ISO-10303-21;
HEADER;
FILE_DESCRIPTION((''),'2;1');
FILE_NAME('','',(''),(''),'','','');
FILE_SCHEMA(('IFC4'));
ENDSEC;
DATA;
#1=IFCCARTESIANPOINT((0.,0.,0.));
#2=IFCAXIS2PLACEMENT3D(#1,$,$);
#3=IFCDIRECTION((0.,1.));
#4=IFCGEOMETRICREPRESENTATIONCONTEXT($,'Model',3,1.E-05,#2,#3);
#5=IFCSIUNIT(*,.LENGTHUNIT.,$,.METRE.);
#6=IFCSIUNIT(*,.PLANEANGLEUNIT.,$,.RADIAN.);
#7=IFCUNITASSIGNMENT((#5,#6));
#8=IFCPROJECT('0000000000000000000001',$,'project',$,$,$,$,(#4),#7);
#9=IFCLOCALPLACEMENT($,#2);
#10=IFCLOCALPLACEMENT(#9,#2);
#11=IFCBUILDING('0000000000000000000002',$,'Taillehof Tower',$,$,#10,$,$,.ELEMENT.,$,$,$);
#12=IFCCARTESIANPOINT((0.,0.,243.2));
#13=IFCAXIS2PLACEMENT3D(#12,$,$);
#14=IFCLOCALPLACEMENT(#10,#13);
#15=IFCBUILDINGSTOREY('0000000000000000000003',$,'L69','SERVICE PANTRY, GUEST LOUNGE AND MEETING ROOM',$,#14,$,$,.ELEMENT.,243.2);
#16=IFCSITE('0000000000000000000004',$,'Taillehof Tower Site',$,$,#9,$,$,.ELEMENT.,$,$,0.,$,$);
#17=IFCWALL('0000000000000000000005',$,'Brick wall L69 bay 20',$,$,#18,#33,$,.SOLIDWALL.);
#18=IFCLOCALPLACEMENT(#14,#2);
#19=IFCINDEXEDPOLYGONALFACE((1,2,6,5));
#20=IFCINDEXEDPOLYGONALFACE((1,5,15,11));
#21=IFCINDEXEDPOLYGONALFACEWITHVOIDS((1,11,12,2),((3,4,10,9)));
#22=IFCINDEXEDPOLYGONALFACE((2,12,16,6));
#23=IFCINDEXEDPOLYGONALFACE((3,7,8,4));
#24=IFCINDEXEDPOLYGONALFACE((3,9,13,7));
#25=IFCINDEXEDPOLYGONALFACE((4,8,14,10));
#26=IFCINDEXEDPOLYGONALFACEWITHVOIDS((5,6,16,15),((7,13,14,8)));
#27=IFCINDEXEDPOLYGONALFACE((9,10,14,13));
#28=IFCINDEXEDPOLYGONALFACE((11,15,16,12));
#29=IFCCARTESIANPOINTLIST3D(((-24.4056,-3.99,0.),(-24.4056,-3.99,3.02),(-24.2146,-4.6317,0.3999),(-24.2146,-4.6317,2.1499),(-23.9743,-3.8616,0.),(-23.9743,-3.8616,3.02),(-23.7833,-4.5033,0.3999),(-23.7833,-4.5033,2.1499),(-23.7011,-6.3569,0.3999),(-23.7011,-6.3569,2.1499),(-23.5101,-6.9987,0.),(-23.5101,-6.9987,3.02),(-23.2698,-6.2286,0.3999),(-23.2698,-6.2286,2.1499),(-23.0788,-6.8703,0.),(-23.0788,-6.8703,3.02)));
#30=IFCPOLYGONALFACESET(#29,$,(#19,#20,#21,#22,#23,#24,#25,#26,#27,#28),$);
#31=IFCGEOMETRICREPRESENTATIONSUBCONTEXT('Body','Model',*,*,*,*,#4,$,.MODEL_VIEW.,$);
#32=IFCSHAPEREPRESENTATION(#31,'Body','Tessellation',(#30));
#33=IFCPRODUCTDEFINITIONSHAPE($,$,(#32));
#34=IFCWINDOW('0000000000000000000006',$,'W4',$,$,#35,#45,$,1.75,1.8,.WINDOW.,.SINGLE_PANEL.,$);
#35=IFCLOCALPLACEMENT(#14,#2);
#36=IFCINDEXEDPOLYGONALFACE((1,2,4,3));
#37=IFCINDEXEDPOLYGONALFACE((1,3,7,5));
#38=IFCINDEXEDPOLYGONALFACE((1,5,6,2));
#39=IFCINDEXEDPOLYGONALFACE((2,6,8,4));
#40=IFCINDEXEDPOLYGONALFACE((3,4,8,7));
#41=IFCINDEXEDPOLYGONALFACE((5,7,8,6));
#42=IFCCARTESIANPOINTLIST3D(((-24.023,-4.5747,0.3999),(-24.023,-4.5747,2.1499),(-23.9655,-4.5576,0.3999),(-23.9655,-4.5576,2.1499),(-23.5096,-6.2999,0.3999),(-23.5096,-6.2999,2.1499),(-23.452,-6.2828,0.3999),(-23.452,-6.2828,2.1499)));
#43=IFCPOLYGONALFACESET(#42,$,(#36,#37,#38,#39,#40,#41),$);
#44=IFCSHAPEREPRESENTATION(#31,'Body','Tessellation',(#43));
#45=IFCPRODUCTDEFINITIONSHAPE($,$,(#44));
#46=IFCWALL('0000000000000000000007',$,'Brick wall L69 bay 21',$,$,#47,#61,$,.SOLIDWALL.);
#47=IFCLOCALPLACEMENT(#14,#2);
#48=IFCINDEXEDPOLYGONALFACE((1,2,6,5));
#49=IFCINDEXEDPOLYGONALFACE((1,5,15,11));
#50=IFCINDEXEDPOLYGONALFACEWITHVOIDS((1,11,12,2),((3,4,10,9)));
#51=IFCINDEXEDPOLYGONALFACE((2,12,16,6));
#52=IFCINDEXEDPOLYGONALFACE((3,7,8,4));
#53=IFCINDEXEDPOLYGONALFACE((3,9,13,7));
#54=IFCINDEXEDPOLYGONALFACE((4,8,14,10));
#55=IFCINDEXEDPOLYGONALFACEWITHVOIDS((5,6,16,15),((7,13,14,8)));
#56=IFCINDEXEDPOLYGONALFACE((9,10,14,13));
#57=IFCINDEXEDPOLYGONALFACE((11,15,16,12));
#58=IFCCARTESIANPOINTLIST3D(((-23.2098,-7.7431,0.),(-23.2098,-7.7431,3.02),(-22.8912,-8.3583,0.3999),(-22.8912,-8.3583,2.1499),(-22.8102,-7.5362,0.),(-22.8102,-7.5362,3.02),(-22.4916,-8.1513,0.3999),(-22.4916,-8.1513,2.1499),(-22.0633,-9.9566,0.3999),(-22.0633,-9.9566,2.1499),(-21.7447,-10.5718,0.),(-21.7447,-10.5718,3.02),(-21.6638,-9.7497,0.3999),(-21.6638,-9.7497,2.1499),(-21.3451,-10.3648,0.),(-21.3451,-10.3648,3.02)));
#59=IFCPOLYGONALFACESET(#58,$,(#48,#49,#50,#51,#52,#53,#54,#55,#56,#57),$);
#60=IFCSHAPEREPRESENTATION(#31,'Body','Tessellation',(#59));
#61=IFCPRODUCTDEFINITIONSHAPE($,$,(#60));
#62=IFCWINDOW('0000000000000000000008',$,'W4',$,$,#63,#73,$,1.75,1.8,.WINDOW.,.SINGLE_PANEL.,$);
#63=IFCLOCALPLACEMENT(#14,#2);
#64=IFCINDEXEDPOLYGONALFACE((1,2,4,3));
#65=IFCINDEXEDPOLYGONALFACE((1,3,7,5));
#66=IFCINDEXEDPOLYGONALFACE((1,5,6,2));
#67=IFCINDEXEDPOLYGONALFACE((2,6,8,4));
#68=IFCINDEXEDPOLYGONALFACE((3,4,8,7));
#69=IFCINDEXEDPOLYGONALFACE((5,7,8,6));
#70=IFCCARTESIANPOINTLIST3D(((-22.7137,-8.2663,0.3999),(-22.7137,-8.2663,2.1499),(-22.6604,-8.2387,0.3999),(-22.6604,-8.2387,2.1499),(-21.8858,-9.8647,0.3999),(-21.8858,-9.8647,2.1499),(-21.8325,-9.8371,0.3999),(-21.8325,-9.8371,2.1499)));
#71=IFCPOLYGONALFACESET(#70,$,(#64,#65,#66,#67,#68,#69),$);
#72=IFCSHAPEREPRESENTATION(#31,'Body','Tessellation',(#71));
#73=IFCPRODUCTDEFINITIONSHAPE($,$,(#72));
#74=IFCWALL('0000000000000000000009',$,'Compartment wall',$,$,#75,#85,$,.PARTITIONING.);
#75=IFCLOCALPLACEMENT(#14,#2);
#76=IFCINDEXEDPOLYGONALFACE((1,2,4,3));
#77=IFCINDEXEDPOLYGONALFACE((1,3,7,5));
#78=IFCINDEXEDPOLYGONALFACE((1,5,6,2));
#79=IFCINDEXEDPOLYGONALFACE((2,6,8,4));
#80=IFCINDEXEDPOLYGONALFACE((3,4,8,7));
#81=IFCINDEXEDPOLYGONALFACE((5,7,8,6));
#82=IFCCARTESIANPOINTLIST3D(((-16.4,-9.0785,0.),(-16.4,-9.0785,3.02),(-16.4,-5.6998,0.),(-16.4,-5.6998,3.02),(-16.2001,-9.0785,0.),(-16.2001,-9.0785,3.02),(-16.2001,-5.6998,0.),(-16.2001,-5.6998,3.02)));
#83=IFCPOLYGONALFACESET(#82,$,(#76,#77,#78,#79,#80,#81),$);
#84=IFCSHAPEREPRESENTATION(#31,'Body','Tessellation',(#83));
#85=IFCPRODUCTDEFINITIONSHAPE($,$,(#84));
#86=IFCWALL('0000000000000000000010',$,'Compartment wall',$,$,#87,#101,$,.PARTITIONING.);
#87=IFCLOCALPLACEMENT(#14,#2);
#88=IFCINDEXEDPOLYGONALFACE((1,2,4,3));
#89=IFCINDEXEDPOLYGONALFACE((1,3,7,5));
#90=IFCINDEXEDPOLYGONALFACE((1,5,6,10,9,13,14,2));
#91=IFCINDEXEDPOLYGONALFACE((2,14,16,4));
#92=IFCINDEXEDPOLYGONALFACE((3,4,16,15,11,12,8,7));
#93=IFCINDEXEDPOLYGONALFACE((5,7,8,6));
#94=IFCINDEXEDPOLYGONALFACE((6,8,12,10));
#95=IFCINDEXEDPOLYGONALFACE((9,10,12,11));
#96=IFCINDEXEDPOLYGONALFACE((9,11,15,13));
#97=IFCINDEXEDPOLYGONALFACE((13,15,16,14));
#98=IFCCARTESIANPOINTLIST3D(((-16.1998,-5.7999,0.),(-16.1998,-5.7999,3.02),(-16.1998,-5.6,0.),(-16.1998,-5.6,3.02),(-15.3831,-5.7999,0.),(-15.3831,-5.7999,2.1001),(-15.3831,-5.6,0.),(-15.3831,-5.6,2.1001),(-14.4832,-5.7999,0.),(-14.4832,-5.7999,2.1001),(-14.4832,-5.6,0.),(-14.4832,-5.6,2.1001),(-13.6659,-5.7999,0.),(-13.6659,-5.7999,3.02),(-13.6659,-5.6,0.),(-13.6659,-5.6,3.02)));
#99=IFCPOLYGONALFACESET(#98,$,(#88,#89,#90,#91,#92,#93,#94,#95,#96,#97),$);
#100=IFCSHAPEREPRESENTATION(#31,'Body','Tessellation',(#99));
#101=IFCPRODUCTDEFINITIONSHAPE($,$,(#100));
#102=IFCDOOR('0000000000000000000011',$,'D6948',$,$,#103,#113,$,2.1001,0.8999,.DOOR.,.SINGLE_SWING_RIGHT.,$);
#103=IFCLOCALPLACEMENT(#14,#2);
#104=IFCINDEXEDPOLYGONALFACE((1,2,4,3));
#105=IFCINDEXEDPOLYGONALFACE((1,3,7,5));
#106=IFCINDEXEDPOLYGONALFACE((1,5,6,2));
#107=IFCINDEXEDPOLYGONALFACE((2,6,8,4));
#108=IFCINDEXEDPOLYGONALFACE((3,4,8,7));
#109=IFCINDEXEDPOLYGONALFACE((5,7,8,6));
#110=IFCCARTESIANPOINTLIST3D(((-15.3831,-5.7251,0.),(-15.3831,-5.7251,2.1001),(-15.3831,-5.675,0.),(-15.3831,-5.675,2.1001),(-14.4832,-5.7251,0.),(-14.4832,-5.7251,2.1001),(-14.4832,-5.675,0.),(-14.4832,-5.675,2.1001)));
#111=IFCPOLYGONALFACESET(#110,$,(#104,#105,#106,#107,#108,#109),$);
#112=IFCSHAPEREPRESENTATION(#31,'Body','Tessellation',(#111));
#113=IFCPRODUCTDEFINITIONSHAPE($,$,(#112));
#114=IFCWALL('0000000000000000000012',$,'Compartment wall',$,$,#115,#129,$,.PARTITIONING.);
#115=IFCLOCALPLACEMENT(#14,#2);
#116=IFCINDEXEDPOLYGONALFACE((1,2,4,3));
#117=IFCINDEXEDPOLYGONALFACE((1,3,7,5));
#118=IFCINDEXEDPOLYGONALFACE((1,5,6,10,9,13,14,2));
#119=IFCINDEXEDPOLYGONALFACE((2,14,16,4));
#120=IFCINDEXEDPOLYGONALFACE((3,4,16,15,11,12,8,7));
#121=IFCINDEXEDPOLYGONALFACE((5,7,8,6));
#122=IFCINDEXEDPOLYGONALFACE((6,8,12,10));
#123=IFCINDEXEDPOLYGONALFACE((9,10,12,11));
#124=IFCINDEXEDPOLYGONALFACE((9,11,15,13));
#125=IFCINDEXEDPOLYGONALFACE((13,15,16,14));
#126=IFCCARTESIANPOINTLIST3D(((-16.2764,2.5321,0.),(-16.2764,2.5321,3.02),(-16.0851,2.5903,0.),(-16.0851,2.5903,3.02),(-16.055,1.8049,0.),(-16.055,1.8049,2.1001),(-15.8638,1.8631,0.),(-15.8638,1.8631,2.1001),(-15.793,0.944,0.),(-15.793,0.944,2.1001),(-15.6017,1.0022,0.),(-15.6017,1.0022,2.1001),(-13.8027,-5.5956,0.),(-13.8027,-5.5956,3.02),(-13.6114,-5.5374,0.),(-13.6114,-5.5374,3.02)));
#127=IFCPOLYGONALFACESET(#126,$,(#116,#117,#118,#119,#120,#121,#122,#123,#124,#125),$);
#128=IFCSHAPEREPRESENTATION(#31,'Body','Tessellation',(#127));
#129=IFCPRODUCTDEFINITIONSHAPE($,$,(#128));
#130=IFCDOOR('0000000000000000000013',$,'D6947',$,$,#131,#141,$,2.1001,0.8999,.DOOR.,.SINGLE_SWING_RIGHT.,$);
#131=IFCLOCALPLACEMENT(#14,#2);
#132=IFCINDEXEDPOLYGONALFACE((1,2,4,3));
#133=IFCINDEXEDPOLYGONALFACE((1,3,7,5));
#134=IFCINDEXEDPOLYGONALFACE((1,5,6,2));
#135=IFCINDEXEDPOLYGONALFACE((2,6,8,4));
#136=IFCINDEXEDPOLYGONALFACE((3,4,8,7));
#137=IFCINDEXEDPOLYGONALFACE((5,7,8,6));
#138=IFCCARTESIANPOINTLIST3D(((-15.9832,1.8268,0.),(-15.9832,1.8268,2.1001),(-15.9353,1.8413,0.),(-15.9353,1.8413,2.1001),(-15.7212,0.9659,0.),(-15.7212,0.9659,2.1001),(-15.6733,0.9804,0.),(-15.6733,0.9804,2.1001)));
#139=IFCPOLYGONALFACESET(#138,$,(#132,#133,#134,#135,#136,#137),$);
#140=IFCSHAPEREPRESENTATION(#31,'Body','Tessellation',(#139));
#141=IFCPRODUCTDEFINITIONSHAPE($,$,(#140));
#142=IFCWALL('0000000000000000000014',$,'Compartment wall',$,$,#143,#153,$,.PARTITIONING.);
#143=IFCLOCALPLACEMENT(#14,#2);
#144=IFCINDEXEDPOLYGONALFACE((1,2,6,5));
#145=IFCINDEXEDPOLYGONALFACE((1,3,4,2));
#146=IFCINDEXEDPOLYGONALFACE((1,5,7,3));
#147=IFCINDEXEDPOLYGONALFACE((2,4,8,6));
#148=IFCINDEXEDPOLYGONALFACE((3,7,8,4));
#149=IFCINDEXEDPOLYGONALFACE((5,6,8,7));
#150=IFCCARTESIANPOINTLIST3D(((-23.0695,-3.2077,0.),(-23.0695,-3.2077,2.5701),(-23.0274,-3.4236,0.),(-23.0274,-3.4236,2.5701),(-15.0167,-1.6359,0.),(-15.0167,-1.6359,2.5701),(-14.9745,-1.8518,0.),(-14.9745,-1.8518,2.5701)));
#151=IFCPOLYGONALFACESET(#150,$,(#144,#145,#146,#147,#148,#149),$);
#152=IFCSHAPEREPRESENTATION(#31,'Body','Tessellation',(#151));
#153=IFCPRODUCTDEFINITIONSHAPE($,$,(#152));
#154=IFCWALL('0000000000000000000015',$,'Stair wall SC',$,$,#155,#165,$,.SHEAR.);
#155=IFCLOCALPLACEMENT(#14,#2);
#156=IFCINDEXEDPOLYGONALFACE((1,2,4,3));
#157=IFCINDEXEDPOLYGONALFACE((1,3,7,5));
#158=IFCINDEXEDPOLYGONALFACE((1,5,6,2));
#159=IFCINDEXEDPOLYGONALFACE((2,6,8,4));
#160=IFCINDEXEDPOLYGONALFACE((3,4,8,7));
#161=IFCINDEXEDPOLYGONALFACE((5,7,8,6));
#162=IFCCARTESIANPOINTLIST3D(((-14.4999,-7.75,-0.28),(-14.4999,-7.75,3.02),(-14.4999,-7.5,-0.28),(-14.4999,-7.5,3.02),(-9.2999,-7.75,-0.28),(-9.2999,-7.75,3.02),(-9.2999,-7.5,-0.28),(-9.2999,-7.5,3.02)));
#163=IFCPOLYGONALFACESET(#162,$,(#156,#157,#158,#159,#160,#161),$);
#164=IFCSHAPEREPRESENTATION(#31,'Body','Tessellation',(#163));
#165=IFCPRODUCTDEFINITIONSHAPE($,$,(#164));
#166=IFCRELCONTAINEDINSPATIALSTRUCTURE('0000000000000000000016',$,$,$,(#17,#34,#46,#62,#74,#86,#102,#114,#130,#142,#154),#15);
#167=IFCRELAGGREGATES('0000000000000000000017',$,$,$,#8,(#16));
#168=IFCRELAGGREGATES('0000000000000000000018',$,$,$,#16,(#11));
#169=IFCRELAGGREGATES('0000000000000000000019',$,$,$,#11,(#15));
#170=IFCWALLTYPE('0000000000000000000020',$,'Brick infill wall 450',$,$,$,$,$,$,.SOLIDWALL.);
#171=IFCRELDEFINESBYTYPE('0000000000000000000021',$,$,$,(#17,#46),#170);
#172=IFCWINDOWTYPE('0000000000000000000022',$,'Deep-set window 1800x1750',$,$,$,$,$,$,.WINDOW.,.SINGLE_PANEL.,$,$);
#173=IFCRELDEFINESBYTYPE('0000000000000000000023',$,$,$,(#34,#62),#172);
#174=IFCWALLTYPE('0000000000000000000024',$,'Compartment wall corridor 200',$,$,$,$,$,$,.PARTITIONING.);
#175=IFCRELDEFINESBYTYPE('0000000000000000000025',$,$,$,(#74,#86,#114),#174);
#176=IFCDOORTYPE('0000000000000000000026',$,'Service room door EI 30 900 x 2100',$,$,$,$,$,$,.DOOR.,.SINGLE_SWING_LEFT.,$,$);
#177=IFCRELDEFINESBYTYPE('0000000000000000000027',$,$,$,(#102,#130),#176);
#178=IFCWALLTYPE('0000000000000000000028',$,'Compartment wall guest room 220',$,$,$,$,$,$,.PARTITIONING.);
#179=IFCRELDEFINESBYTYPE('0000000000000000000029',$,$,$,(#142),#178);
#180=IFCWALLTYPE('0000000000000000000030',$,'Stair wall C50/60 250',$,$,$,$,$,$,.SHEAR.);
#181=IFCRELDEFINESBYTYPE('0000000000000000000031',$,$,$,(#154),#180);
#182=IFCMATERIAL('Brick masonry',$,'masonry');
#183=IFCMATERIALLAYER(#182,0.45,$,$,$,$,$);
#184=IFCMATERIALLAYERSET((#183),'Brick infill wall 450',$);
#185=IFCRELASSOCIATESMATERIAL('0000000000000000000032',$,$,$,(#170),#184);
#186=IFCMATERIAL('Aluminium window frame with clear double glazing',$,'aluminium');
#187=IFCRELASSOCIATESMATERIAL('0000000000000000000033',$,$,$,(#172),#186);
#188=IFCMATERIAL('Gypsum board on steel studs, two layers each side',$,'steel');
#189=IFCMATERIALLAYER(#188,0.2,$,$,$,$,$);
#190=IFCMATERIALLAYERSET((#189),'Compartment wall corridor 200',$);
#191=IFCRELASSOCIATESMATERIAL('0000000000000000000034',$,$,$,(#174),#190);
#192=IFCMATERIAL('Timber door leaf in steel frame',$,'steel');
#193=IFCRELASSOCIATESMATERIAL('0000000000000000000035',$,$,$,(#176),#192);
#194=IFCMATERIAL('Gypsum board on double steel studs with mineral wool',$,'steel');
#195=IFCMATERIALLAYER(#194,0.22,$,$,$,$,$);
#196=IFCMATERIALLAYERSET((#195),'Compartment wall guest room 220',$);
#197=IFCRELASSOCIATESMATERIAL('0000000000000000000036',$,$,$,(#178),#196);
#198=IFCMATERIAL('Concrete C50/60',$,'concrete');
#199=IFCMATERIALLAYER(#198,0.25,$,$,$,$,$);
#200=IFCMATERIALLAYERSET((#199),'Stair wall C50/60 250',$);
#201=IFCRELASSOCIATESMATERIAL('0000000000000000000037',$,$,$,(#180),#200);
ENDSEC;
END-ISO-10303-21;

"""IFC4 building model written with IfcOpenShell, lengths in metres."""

from ifc_helpers import new_model, si_unit, direction, frame, frame_2d, origin, place, context, subcontext, project, spatial, rectangle, extrude, material, layer, layer_set, type_object, element, fill, save


model = new_model("IFC4")

# Units and contexts
model_context = context("Model", 3, precision=1e-05, world=origin(), true_north=direction((0.0, 1.0)))
body_context = subcontext(model_context, "Body", "Model", "MODEL_VIEW")
ifc_project = project(units=[si_unit("LENGTHUNIT", "METRE"), si_unit("PLANEANGLEUNIT", "RADIAN")], contexts=[model_context])

# Site, building, storey
site_placement = place(None, origin())
site = spatial("IfcSite", under=ifc_project, at=site_placement, Name="Taillehof Tower Site", CompositionType="ELEMENT", RefElevation=0.0)
building_placement = place(site_placement, origin())
building = spatial("IfcBuilding", under=site, at=building_placement, Name="Taillehof Tower", CompositionType="ELEMENT")
storey_placement = place(building_placement, frame((0.0, 0.0, 243.2)))
storey = spatial("IfcBuildingStorey", under=building, at=storey_placement, Name="L69", Description="SERVICE PANTRY, GUEST LOUNGE AND MEETING ROOM", CompositionType="ELEMENT", Elevation=243.2)

# Walls, openings, windows
ifc_material_1 = material(Name="Brick masonry", Category="masonry")
ifc_layer_1 = layer(ifc_material_1, 0.45)
ifc_layer_set_1 = layer_set([ifc_layer_1], Name="Brick infill wall 450")
wall_type_1 = type_object("IfcWallType", Name="Brick infill wall 450", PredefinedType="SOLIDWALL", material=ifc_layer_set_1)
ifc_material_2 = material(Name="Aluminium window frame with clear double glazing", Category="aluminium")
window_type = type_object("IfcWindowType", Name="Deep-set window 1800x1750", PartitioningType="SINGLE_PANEL", PredefinedType="WINDOW", material=ifc_material_2)
wall_1_placement = place(storey_placement, frame((-24.1899, -3.9258, 0.0), z_axis=(0.0, 0.0, 1.0), x_axis=(0.285264, -0.958449, 0.0)))
wall_1 = element("IfcWall", 1, at=wall_1_placement, inside=storey, type_object=wall_type_1, Name="Brick wall L69 bay 20", PredefinedType="SOLIDWALL", context=body_context, shape_type="SweptSolid", body=[
    extrude(rectangle(XDim=3.1392, YDim=0.45, at=frame_2d((1.5696, 0.0))), origin(), (0.0, 0.0, 1.0), 3.02),
])
opening_1_placement = place(wall_1_placement, frame((0.6697, 0.0, 0.3999)))
opening_1 = element("IfcOpeningElement", 2, at=opening_1_placement, cuts=wall_1, PredefinedType="OPENING", context=body_context, shape_type="SweptSolid", body=[
    extrude(rectangle(XDim=1.8, YDim=1.75, at=frame_2d((0.8999, 0.875))), frame((0.0, 0.2349, 0.0), z_axis=(0.0, -1.0, 0.0), x_axis=(1.0, 0.0, 0.0)), (0.0, 0.0, 1.0), 0.47),
])
window_1_placement = place(opening_1_placement, origin())
window_1 = element("IfcWindow", 3, at=window_1_placement, inside=storey, type_object=window_type, Name="W4", OverallHeight=1.75, OverallWidth=1.8, PartitioningType="SINGLE_PANEL", PredefinedType="WINDOW", context=body_context, shape_type="SweptSolid", body=[
    extrude(rectangle(XDim=1.8, YDim=1.75, at=frame_2d((0.8999, 0.875))), frame((0.0, 0.0349, 0.0), z_axis=(0.0, -1.0, 0.0), x_axis=(1.0, 0.0, 0.0)), (0.0, 0.0, 1.0), 0.0601),
])
fill(opening_1, window_1)
wall_2_placement = place(storey_placement, frame((-23.01, -7.6396, 0.0), z_axis=(0.0, 0.0, 1.0), x_axis=(0.459921, -0.88796, 0.0)))
wall_2 = element("IfcWall", 4, at=wall_2_placement, inside=storey, type_object=wall_type_1, Name="Brick wall L69 bay 21", PredefinedType="SOLIDWALL", context=body_context, shape_type="SweptSolid", body=[
    extrude(rectangle(XDim=3.1855, YDim=0.45, at=frame_2d((1.5928, 0.0))), origin(), (0.0, 0.0, 1.0), 3.02),
])
opening_2_placement = place(wall_2_placement, frame((0.6929, 0.0, 0.3999)))
opening_2 = element("IfcOpeningElement", 5, at=opening_2_placement, cuts=wall_2, PredefinedType="OPENING", context=body_context, shape_type="SweptSolid", body=[
    extrude(rectangle(XDim=1.8, YDim=1.75, at=frame_2d((0.8999, 0.875))), frame((0.0, 0.2349, 0.0), z_axis=(0.0, -1.0, 0.0), x_axis=(1.0, 0.0, 0.0)), (0.0, 0.0, 1.0), 0.47),
])
window_2_placement = place(opening_2_placement, origin())
window_2 = element("IfcWindow", 6, at=window_2_placement, inside=storey, type_object=window_type, Name="W4", OverallHeight=1.75, OverallWidth=1.8, PartitioningType="SINGLE_PANEL", PredefinedType="WINDOW", context=body_context, shape_type="SweptSolid", body=[
    extrude(rectangle(XDim=1.8, YDim=1.75, at=frame_2d((0.8999, 0.875))), frame((0.0, 0.0349, 0.0), z_axis=(0.0, -1.0, 0.0), x_axis=(1.0, 0.0, 0.0)), (0.0, 0.0, 1.0), 0.0601),
])
fill(opening_2, window_2)

# Wall
ifc_material_3 = material(Name="Gypsum board on steel studs, two layers each side", Category="steel")
ifc_layer_2 = layer(ifc_material_3, 0.2)
ifc_layer_set_2 = layer_set([ifc_layer_2], Name="Compartment wall corridor 200")
wall_type_2 = type_object("IfcWallType", Name="Compartment wall corridor 200", PredefinedType="PARTITIONING", material=ifc_layer_set_2)
wall_3_placement = place(storey_placement, frame((-16.3, -9.0786, 0.0), z_axis=(0.0, 0.0, 1.0), x_axis=(0.0, 1.0, 0.0)))
element("IfcWall", 7, at=wall_3_placement, inside=storey, type_object=wall_type_2, Name="Compartment wall", PredefinedType="PARTITIONING", context=body_context, shape_type="SweptSolid", body=[
    extrude(rectangle(XDim=3.3787, YDim=0.2, at=frame_2d((1.6895, 0.0))), origin(), (0.0, 0.0, 1.0), 3.02),
])

# Walls, openings, doors
wall_4_placement = place(storey_placement, frame((-16.2, -5.7, 0.0), z_axis=(0.0, 0.0, 1.0), x_axis=(1.0, 0.0, 0.0)))
wall_4 = element("IfcWall", 8, at=wall_4_placement, inside=storey, type_object=wall_type_2, Name="Compartment wall", PredefinedType="PARTITIONING", context=body_context, shape_type="SweptSolid", body=[
    extrude(rectangle(XDim=2.5339, YDim=0.2, at=frame_2d((1.2671, 0.0))), origin(), (0.0, 0.0, 1.0), 3.02),
])
opening_3_placement = place(wall_4_placement, frame((0.8169, 0.0, 0.0)))
opening_3 = element("IfcOpeningElement", 9, at=opening_3_placement, cuts=wall_4, PredefinedType="OPENING", context=body_context, shape_type="SweptSolid", body=[
    extrude(rectangle(XDim=0.8999, YDim=2.1001, at=frame_2d((0.45, 1.05))), frame((0.0, 0.1099, 0.0), z_axis=(0.0, -1.0, 0.0), x_axis=(1.0, 0.0, 0.0)), (0.0, 0.0, 1.0), 0.22),
])
ifc_material_4 = material(Name="Timber door leaf in steel frame", Category="steel")
door_type = type_object("IfcDoorType", Name="Service room door EI 30 900 x 2100", OperationType="SINGLE_SWING_LEFT", PredefinedType="DOOR", material=ifc_material_4)
door_1_placement = place(opening_3_placement, origin())
door_1 = element("IfcDoor", 10, at=door_1_placement, inside=storey, type_object=door_type, Name="D6948", OperationType="SINGLE_SWING_RIGHT", OverallHeight=2.1001, OverallWidth=0.8999, PredefinedType="DOOR", context=body_context, shape_type="SweptSolid", body=[
    extrude(rectangle(XDim=0.8999, YDim=2.1001, at=frame_2d((0.45, 1.05))), frame((0.0, 0.0249, 0.0), z_axis=(0.0, -1.0, 0.0), x_axis=(1.0, 0.0, 0.0)), (0.0, 0.0, 1.0), 0.05),
])
fill(opening_3, door_1)
wall_5_placement = place(storey_placement, frame((-13.707, -5.5667, 0.0), z_axis=(0.0, 0.0, 1.0), x_axis=(-0.29116, 0.956674, 0.0)))
wall_5 = element("IfcWall", 11, at=wall_5_placement, inside=storey, type_object=wall_type_2, Name="Compartment wall", PredefinedType="PARTITIONING", context=body_context, shape_type="SweptSolid", body=[
    extrude(rectangle(XDim=8.4958, YDim=0.2, at=frame_2d((4.248, 0.0))), origin(), (0.0, 0.0, 1.0), 3.02),
])
opening_4_placement = place(wall_5_placement, frame((6.8359, 0.0, 0.0)))
opening_4 = element("IfcOpeningElement", 12, at=opening_4_placement, cuts=wall_5, PredefinedType="OPENING", context=body_context, shape_type="SweptSolid", body=[
    extrude(rectangle(XDim=0.8999, YDim=2.1001, at=frame_2d((0.45, 1.05))), frame((0.0, 0.1099, 0.0), z_axis=(0.0, -1.0, 0.0), x_axis=(1.0, 0.0, 0.0)), (0.0, 0.0, 1.0), 0.22),
])
door_2_placement = place(opening_4_placement, origin())
door_2 = element("IfcDoor", 13, at=door_2_placement, inside=storey, type_object=door_type, Name="D6947", OperationType="SINGLE_SWING_RIGHT", OverallHeight=2.1001, OverallWidth=0.8999, PredefinedType="DOOR", context=body_context, shape_type="SweptSolid", body=[
    extrude(rectangle(XDim=0.8999, YDim=2.1001, at=frame_2d((0.45, 1.05))), frame((0.0, 0.0249, 0.0), z_axis=(0.0, -1.0, 0.0), x_axis=(1.0, 0.0, 0.0)), (0.0, 0.0, 1.0), 0.05),
])
fill(opening_4, door_2)

# Walls
ifc_material_5 = material(Name="Gypsum board on double steel studs with mineral wool", Category="steel")
ifc_layer_3 = layer(ifc_material_5, 0.22)
ifc_layer_set_3 = layer_set([ifc_layer_3], Name="Compartment wall guest room 220")
wall_type_3 = type_object("IfcWallType", Name="Compartment wall guest room 220", PredefinedType="PARTITIONING", material=ifc_layer_set_3)
wall_6_placement = place(storey_placement, frame((-23.0486, -3.3157, 0.0), z_axis=(0.0, 0.0, 1.0), x_axis=(0.98148, 0.191565, 0.0)))
element("IfcWall", 14, at=wall_6_placement, inside=storey, type_object=wall_type_3, Name="Compartment wall", PredefinedType="PARTITIONING", context=body_context, shape_type="SweptSolid", body=[
    extrude(rectangle(XDim=8.2048, YDim=0.22, at=frame_2d((4.1025, 0.0))), origin(), (0.0, 0.0, 1.0), 2.5701),
])
ifc_material_6 = material(Name="Concrete C50/60", Category="concrete")
ifc_layer_4 = layer(ifc_material_6, 0.25)
ifc_layer_set_4 = layer_set([ifc_layer_4], Name="Stair wall C50/60 250")
wall_type_4 = type_object("IfcWallType", Name="Stair wall C50/60 250", PredefinedType="SHEAR", material=ifc_layer_set_4)
wall_7_placement = place(storey_placement, frame((-14.5, -7.625, -0.28), z_axis=(0.0, 0.0, 1.0), x_axis=(1.0, 0.0, 0.0)))
element("IfcWall", 15, at=wall_7_placement, inside=storey, type_object=wall_type_4, Name="Stair wall SC", PredefinedType="SHEAR", context=body_context, shape_type="SweptSolid", body=[
    extrude(rectangle(XDim=5.2, YDim=0.25, at=frame_2d((2.6001, 0.0))), origin(), (0.0, 0.0, 1.0), 3.3),
])

save(model, "model.ifc")
